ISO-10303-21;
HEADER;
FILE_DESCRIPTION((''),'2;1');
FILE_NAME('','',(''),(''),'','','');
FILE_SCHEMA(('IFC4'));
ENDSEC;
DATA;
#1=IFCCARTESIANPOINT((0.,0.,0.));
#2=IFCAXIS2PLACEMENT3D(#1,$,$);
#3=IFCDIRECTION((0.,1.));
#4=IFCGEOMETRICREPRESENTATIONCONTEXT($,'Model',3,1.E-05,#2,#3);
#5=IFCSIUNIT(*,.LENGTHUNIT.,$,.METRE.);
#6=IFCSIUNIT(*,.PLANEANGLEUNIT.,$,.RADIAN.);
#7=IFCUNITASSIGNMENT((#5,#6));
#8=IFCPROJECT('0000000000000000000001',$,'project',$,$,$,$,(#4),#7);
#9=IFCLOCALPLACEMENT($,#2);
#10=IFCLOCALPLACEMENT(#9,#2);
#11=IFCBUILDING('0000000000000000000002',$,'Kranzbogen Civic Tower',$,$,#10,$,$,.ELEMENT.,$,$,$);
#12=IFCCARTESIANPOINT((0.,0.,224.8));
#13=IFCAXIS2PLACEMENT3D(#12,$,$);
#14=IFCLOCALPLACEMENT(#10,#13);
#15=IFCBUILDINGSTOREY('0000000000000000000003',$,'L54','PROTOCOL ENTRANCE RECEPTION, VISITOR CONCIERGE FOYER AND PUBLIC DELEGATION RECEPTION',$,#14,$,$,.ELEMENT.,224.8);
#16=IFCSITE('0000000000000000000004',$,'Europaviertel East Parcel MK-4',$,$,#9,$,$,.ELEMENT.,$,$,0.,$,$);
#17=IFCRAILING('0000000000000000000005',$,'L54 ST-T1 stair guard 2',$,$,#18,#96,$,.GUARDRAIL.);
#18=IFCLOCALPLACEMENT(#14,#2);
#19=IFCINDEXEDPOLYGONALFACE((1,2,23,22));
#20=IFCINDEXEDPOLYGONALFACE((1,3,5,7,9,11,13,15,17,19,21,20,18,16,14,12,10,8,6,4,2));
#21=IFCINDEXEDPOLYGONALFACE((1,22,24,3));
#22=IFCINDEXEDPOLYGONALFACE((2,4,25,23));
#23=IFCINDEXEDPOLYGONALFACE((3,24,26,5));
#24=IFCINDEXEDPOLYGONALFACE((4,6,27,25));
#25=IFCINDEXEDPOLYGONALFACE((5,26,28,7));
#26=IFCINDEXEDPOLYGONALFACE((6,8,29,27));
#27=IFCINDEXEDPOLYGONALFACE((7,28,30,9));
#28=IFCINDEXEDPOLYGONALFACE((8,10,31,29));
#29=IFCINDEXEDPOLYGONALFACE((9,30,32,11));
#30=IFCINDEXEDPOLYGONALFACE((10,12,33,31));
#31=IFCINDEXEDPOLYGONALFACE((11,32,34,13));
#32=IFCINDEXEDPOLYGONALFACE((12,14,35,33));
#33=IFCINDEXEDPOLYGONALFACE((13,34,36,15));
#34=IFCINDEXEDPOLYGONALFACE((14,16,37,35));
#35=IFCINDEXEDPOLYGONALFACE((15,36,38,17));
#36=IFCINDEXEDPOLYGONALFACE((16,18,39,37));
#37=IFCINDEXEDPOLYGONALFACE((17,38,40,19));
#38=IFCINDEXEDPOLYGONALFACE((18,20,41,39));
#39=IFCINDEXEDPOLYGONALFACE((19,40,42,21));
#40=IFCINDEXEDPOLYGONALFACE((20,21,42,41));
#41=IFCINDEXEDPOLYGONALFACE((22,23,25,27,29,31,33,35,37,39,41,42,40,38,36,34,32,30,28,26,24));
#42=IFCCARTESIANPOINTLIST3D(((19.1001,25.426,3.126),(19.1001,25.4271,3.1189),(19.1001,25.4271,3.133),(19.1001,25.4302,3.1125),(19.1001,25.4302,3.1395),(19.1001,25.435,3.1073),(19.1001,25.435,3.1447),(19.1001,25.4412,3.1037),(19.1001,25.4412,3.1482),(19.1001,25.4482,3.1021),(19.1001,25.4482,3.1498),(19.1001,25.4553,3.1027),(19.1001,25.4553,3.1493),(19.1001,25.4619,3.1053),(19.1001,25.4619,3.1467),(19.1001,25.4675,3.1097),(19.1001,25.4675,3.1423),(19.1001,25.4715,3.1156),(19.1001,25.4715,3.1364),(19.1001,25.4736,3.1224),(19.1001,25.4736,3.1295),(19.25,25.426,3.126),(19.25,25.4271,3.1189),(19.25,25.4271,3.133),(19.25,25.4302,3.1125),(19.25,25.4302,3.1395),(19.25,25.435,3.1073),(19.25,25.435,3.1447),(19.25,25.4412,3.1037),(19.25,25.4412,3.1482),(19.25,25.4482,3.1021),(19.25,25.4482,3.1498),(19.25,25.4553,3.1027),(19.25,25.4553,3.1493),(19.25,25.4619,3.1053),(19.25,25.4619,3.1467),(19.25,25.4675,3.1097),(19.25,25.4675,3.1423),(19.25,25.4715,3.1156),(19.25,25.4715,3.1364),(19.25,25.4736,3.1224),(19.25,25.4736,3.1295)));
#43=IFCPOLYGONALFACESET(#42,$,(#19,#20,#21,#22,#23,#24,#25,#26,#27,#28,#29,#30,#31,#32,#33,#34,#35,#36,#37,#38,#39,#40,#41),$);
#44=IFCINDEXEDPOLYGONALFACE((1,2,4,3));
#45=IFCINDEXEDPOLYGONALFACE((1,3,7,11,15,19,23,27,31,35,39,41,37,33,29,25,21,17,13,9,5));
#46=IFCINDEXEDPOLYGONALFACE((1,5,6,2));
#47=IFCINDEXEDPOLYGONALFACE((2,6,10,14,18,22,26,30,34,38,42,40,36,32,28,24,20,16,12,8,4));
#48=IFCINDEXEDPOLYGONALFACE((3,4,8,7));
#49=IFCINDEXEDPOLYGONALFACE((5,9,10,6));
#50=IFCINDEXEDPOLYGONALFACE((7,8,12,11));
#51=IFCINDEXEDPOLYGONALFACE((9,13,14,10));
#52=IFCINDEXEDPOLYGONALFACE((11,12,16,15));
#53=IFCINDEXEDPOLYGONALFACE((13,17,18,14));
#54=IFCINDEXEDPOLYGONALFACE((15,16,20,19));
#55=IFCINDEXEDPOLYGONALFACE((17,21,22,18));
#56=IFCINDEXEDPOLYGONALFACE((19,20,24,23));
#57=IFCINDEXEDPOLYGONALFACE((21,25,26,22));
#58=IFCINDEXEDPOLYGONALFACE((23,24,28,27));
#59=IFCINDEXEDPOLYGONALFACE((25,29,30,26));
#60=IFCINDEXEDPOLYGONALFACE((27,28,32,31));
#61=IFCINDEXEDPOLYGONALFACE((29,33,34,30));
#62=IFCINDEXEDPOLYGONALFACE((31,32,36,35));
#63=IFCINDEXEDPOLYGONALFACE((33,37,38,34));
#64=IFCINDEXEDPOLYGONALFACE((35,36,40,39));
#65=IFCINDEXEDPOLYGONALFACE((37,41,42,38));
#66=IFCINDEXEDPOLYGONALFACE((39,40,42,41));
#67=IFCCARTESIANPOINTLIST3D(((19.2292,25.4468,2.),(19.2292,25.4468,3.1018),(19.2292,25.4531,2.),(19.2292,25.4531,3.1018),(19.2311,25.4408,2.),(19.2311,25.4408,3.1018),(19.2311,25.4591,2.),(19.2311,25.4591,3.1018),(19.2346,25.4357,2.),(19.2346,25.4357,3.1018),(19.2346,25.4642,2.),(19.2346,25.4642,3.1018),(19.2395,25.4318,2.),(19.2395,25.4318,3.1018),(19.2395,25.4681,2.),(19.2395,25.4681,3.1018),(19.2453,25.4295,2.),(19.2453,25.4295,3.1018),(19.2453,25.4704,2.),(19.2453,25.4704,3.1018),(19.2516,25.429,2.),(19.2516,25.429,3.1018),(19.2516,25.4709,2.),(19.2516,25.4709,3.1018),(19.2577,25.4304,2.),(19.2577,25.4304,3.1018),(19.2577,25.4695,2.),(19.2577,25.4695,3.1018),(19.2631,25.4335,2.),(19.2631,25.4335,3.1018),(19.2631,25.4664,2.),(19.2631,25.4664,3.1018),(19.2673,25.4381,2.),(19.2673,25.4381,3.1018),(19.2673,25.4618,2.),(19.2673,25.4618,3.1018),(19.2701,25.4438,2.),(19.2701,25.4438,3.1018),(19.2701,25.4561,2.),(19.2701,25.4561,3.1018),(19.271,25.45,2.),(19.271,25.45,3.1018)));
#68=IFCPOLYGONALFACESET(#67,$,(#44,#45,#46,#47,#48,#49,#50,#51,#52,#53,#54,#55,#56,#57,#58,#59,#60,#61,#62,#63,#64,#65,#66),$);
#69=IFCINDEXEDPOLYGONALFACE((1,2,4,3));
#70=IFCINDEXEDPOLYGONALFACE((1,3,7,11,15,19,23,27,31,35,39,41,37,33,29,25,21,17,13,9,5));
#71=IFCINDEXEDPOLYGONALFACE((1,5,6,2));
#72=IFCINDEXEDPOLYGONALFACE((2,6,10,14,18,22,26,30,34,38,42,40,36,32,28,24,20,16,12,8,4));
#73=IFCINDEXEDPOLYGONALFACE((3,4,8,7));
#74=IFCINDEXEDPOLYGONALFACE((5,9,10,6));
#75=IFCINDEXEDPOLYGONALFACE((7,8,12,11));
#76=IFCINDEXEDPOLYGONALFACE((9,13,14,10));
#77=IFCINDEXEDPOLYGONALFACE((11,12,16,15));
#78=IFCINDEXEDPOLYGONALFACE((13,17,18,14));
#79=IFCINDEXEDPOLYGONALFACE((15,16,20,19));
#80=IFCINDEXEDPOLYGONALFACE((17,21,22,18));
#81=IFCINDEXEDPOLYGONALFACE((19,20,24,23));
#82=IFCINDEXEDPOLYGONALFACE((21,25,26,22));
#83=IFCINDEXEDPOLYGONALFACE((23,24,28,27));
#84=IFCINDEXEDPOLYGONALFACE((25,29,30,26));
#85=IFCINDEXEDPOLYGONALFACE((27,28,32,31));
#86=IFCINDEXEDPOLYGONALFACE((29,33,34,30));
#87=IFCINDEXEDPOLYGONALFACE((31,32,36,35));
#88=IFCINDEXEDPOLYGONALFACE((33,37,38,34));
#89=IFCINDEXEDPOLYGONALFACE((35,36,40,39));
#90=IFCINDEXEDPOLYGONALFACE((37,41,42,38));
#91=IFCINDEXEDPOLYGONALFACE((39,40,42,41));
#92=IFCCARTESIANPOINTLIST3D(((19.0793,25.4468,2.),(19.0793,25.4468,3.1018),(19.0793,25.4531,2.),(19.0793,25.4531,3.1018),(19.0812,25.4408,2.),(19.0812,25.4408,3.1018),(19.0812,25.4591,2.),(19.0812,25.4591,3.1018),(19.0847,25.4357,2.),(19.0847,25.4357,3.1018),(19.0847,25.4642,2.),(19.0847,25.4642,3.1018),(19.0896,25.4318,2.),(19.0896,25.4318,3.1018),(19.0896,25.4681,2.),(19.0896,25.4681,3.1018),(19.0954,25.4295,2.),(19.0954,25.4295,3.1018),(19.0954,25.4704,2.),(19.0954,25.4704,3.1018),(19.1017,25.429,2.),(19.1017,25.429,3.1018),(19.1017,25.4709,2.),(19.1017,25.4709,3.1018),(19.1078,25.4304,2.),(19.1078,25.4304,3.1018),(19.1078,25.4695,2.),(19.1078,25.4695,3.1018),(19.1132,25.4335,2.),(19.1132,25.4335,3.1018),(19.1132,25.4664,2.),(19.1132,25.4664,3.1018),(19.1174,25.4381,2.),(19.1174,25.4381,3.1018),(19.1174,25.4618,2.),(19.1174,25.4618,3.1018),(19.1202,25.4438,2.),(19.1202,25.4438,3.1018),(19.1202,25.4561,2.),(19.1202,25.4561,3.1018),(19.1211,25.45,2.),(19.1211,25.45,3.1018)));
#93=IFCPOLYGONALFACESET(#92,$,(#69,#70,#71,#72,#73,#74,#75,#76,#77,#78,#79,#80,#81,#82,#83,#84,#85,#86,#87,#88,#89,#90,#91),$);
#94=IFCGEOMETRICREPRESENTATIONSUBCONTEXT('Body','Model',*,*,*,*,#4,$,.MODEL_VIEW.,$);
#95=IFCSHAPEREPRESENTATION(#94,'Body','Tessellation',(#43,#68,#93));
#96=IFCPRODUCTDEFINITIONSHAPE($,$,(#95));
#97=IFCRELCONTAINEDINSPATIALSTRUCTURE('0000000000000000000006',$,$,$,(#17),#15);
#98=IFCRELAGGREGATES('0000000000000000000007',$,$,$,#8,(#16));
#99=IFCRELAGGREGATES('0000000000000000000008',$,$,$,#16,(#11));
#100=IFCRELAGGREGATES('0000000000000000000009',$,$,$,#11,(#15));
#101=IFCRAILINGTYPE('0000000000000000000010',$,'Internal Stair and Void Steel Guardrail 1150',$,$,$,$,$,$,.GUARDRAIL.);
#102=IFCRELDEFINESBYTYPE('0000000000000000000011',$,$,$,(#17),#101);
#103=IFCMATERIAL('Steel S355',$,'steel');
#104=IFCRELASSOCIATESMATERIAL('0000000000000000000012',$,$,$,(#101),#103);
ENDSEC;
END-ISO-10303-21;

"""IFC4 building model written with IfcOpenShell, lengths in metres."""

from ifc_helpers import new_model, si_unit, direction, frame, origin, origin_2d, place, context, subcontext, project, spatial, circle, extrude, material, type_object, element, save


model = new_model("IFC4")

# Units and contexts
model_context = context("Model", 3, precision=1e-05, world=origin(), true_north=direction((0.0, 1.0)))
body_context = subcontext(model_context, "Body", "Model", "MODEL_VIEW")
ifc_project = project(units=[si_unit("LENGTHUNIT", "METRE"), si_unit("PLANEANGLEUNIT", "RADIAN")], contexts=[model_context])

# Site, building, storey
site_placement = place(None, origin())
site = spatial("IfcSite", under=ifc_project, at=site_placement, Name="Europaviertel East Parcel MK-4", CompositionType="ELEMENT", RefElevation=0.0)
building_placement = place(site_placement, origin())
building = spatial("IfcBuilding", under=site, at=building_placement, Name="Kranzbogen Civic Tower", CompositionType="ELEMENT")
storey_placement = place(building_placement, frame((0.0, 0.0, 224.8)))
storey = spatial("IfcBuildingStorey", under=building, at=storey_placement, Name="L54", Description="PROTOCOL ENTRANCE RECEPTION, VISITOR CONCIERGE FOYER AND PUBLIC DELEGATION RECEPTION", CompositionType="ELEMENT", Elevation=224.8)

# Shared definitions
ifc_material_1 = material(Name="Steel S355", Category="steel")

# Railing
railing_type_1 = type_object("IfcRailingType", Name="Internal Stair and Void Steel Guardrail 1150", PredefinedType="GUARDRAIL", material=ifc_material_1)
railing_1_placement = place(storey_placement, frame((19.25, 25.45, 2.0)))
element("IfcRailing", 1, at=railing_1_placement, inside=storey, type_object=railing_type_1, Name="L54 ST-T1 stair guard 2", PredefinedType="GUARDRAIL", context=body_context, shape_type="SweptSolid", body=[
    extrude(circle(Radius=0.0239, at=origin_2d()), frame((0.0, 0.0, 1.126), z_axis=(-1.0, 0.0, 0.0), x_axis=(0.0, -1.0, 0.0)), (0.0, 0.0, 1.0), 0.1499),
    extrude(circle(Radius=0.021, at=origin_2d()), origin(), (0.0, 0.0, 1.0), 1.1018),
    extrude(circle(Radius=0.021, at=origin_2d()), frame((-0.1499, 0.0, 0.0)), (0.0, 0.0, 1.0), 1.1018),
])

save(model, "model.ifc")
